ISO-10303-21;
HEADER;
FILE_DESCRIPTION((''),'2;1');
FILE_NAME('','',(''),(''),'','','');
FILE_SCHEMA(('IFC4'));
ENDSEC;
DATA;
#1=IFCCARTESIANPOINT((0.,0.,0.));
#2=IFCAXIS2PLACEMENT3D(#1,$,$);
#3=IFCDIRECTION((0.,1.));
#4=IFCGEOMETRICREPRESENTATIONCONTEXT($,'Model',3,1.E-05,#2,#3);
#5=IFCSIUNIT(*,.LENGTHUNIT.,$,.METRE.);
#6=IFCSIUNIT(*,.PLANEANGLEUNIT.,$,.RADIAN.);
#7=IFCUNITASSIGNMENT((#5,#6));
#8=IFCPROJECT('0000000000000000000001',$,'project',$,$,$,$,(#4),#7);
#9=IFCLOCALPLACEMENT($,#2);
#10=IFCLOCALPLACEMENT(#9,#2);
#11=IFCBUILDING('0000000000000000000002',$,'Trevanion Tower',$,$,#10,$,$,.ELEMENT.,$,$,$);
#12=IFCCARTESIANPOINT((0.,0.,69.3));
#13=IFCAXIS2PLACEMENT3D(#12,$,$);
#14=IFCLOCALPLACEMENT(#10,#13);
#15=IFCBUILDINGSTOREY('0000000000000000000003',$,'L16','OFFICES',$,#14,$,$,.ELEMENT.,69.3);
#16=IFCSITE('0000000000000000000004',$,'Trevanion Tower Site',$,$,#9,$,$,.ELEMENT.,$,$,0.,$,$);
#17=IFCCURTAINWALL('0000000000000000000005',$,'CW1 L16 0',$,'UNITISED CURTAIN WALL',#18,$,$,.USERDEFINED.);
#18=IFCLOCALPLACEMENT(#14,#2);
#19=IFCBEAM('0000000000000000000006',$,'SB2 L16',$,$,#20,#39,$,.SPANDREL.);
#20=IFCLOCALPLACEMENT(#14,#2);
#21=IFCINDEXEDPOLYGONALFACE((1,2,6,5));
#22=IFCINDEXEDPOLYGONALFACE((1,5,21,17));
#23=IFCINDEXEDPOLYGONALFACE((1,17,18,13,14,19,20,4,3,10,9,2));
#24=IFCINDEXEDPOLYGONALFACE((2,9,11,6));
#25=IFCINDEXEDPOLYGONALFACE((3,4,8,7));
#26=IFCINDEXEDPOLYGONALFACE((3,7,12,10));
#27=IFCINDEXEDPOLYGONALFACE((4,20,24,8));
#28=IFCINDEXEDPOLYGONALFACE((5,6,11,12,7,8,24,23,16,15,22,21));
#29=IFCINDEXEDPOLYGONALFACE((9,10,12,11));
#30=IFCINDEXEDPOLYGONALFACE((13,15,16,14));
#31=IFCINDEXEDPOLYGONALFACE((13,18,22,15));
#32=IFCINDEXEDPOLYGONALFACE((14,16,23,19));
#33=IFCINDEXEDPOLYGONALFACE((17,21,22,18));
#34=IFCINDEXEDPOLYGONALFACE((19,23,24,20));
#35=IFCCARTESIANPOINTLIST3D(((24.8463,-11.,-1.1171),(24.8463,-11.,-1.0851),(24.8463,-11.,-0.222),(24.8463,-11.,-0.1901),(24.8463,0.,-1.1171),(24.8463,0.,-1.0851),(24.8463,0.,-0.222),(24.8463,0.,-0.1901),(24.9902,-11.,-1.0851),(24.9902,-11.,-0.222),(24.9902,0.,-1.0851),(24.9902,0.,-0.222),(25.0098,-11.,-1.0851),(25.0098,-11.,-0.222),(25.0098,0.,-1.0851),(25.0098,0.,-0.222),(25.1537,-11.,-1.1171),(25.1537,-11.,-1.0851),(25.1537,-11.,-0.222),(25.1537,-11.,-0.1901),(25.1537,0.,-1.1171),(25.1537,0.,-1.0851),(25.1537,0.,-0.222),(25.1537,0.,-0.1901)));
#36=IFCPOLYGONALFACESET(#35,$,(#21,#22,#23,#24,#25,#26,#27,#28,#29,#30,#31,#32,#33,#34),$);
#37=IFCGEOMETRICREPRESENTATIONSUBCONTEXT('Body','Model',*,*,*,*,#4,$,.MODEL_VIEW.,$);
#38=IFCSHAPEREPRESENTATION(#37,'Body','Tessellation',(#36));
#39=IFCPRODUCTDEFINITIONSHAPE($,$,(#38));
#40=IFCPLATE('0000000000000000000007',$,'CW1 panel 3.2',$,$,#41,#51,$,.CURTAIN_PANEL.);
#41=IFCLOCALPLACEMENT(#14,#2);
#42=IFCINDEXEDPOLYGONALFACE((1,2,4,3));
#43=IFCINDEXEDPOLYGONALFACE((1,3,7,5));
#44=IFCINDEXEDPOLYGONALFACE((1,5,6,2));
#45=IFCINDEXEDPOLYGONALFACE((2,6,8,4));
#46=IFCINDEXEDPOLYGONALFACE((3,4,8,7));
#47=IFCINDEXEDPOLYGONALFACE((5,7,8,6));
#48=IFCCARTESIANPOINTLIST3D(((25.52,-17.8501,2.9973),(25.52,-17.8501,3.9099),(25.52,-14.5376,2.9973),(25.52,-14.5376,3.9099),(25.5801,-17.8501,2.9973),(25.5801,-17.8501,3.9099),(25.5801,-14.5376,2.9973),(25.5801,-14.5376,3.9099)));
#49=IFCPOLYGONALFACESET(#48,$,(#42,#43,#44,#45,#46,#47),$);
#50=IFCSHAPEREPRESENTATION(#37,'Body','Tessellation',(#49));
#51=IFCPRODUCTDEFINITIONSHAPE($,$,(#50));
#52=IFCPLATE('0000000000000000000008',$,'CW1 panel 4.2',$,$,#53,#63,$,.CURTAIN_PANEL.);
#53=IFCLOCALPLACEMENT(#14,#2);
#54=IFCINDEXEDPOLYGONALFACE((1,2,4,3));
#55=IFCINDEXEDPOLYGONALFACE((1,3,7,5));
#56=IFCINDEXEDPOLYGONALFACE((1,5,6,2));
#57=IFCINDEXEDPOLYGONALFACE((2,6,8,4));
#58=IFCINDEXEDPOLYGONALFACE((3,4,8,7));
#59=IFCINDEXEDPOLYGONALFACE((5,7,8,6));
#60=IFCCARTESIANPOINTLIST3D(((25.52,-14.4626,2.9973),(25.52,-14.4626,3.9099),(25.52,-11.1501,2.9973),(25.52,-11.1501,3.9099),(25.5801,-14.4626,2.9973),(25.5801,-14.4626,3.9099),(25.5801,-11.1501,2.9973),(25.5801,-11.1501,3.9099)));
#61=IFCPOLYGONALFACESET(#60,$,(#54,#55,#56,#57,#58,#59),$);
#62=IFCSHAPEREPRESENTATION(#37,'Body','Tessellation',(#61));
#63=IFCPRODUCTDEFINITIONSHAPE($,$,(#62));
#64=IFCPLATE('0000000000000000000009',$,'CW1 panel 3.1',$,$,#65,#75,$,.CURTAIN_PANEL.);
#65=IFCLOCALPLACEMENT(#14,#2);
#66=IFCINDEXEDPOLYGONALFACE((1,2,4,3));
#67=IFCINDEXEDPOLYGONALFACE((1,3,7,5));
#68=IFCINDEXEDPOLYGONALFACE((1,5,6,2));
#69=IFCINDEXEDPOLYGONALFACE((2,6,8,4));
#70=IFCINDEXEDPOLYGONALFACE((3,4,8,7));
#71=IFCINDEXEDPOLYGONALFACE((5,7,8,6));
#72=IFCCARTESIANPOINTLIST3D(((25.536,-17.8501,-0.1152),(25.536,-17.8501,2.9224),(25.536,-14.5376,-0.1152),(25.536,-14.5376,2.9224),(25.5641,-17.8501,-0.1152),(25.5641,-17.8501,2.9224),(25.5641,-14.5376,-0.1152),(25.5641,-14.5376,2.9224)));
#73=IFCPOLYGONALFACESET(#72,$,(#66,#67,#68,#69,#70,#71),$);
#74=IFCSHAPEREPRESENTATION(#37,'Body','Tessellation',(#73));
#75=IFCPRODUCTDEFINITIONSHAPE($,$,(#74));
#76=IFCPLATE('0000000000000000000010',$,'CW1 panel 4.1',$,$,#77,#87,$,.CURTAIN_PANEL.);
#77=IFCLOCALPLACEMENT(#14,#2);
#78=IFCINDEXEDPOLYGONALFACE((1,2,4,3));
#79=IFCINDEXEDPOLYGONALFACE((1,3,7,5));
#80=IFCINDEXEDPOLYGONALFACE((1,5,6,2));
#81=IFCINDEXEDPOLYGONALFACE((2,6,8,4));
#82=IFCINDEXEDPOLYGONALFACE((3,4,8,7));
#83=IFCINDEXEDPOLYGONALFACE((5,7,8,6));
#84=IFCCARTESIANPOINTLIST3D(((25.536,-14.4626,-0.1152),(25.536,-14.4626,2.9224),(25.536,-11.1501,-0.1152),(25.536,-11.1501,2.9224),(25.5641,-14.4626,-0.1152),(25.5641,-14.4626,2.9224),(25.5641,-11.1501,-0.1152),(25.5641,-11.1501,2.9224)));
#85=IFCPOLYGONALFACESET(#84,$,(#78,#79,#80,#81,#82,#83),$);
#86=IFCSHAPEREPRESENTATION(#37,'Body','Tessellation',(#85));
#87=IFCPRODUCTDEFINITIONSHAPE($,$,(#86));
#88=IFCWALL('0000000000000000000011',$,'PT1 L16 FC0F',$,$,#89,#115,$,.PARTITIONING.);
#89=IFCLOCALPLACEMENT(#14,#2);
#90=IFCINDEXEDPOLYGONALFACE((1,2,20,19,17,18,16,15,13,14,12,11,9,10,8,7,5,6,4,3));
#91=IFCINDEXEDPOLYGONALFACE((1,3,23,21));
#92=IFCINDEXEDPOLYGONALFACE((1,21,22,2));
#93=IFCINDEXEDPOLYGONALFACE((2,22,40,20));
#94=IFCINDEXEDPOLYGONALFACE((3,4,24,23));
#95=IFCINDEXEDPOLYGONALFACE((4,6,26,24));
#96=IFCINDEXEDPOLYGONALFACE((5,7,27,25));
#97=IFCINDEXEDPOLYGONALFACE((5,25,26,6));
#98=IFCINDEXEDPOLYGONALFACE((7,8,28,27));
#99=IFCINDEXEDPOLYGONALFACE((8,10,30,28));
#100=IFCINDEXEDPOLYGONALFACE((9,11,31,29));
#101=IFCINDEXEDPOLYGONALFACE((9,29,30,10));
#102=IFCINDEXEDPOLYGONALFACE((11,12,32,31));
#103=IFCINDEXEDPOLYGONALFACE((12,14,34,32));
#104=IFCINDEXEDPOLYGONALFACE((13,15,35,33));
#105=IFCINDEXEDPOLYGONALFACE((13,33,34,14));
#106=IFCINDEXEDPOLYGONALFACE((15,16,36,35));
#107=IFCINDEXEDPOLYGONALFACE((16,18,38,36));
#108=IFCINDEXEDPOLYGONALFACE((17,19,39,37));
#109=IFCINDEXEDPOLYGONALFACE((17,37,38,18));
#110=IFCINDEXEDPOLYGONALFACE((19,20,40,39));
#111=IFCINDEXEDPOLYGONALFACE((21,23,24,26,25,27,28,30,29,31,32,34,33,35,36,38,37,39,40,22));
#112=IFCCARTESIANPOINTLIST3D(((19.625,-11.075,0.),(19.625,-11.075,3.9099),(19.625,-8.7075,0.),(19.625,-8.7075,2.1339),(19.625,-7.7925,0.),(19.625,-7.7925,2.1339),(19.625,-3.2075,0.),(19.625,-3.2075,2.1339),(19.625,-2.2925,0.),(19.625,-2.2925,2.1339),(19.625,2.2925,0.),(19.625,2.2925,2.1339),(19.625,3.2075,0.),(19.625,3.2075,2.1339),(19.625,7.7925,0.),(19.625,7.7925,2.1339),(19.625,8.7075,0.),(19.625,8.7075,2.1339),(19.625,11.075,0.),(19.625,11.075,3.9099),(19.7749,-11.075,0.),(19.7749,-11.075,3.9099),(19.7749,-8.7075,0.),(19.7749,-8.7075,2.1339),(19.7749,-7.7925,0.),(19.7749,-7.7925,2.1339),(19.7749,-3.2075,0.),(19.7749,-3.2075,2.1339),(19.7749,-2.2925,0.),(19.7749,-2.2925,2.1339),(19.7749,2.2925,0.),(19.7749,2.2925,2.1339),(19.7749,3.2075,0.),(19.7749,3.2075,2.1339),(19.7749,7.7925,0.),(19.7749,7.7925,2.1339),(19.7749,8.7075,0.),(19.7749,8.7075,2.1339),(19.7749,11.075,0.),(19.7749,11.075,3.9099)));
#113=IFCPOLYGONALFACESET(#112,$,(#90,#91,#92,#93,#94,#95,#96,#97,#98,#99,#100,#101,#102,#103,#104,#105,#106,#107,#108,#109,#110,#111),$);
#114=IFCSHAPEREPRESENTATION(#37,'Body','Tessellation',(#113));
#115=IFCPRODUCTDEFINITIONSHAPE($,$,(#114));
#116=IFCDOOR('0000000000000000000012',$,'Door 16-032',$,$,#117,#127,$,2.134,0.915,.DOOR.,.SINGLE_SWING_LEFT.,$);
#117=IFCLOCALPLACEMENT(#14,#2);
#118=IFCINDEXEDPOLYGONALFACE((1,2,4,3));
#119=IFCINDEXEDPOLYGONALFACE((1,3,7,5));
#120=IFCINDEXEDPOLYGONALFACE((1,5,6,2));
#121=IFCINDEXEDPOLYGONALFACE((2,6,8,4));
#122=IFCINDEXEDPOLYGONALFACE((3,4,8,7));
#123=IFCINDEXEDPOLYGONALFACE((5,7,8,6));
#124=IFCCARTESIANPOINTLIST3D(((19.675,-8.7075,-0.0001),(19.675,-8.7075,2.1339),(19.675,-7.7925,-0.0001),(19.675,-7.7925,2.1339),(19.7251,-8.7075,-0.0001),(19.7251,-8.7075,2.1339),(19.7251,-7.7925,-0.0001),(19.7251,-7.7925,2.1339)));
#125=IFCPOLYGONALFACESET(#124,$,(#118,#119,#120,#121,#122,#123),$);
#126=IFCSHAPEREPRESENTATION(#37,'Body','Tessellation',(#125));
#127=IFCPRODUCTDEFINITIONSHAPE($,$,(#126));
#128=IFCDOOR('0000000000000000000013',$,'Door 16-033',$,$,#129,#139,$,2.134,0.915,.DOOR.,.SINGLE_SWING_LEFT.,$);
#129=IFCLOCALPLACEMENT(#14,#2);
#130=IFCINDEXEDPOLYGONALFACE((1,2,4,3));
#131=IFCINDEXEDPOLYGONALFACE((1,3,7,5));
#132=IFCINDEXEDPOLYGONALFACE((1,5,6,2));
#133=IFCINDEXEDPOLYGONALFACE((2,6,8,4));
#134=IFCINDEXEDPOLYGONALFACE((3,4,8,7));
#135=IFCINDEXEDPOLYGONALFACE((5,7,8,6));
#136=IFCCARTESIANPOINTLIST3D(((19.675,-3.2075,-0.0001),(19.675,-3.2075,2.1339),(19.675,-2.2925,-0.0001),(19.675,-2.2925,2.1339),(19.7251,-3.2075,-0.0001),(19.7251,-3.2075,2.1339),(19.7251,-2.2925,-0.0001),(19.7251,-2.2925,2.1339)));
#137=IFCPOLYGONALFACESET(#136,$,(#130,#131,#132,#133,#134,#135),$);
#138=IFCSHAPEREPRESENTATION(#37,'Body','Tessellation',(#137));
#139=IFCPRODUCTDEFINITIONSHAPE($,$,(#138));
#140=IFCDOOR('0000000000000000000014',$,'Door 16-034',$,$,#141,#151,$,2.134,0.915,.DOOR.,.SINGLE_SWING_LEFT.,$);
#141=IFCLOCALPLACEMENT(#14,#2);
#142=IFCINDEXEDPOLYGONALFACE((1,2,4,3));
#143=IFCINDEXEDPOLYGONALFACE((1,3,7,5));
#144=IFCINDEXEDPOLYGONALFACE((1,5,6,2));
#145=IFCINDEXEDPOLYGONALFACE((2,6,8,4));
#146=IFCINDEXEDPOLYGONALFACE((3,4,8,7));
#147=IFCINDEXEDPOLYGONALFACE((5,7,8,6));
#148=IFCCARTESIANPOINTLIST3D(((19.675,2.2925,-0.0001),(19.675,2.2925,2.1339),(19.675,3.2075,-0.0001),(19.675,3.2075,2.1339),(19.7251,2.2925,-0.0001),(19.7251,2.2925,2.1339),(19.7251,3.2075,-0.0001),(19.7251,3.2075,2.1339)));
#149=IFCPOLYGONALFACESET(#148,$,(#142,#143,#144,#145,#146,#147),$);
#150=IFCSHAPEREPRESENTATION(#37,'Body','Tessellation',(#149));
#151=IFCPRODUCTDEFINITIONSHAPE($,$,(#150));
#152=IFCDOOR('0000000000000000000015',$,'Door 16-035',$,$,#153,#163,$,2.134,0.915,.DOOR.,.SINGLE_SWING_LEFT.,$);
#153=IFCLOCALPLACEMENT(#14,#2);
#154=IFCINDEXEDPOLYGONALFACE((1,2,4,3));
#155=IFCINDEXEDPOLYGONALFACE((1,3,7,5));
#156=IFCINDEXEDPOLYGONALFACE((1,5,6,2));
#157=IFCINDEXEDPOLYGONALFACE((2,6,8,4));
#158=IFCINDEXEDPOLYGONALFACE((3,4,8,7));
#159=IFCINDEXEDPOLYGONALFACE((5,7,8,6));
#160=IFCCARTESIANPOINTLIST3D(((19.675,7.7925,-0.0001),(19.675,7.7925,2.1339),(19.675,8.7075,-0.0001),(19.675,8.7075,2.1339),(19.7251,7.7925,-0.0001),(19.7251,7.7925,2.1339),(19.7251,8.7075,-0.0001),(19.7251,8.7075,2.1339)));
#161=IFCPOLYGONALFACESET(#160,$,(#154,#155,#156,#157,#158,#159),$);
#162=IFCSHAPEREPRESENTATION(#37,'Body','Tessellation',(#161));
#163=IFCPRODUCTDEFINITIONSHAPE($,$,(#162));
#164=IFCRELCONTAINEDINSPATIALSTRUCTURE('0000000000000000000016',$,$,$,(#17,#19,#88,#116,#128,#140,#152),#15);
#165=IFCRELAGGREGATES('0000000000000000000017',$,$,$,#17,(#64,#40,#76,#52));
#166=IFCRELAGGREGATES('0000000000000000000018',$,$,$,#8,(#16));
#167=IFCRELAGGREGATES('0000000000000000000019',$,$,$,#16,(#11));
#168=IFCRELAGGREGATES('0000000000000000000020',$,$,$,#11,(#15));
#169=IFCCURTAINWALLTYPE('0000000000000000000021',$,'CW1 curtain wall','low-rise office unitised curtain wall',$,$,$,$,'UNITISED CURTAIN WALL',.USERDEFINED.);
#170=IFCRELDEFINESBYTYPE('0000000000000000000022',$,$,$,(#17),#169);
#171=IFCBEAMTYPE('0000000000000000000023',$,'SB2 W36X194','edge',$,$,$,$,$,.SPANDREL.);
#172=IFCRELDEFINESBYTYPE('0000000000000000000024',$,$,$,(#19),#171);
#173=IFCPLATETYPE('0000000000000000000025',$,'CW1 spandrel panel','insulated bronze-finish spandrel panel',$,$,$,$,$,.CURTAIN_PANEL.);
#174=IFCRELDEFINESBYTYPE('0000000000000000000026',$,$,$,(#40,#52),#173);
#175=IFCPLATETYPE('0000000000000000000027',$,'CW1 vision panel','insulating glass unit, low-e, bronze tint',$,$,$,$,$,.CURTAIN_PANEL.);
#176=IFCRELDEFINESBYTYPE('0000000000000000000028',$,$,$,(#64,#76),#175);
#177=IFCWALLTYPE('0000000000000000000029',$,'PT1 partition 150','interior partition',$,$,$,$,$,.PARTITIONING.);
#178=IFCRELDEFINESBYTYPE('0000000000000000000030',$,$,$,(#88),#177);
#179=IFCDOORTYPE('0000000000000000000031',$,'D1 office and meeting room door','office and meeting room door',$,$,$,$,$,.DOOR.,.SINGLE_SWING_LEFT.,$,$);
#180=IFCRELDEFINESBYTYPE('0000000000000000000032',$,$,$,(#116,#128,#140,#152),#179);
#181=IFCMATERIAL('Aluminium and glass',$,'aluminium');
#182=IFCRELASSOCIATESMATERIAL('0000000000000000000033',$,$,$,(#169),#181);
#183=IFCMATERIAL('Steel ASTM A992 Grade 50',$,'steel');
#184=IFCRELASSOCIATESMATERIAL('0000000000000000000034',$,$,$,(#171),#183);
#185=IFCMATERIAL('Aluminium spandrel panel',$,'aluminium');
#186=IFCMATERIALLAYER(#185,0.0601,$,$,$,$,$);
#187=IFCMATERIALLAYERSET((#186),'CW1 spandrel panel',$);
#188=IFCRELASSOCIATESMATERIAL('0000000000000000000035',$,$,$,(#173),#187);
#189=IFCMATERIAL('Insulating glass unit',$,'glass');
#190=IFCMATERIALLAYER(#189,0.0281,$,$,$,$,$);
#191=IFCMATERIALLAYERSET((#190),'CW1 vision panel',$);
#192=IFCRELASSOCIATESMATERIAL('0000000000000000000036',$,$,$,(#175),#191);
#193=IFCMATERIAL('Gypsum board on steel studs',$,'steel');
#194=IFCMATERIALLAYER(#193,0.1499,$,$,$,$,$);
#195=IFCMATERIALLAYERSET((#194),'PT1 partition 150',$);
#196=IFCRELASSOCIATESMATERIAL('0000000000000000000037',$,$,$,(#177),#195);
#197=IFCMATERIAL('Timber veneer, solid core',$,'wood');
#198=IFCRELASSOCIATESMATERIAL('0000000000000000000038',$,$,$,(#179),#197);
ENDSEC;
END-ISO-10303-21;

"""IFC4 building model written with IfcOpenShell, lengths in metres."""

from ifc_helpers import new_model, si_unit, direction, frame, frame_2d, origin, origin_2d, place, context, subcontext, project, spatial, rectangle, i_section, extrude, material, layer, layer_set, material_profile, profile_set, type_object, element, fill, aggregate, save


model = new_model("IFC4")

# Units and contexts
model_context = context("Model", 3, precision=1e-05, world=origin(), true_north=direction((0.0, 1.0)))
body_context = subcontext(model_context, "Body", "Model", "MODEL_VIEW")
ifc_project = project(units=[si_unit("LENGTHUNIT", "METRE"), si_unit("PLANEANGLEUNIT", "RADIAN")], contexts=[model_context])

# Site, building, storey
site_placement = place(None, origin())
site = spatial("IfcSite", under=ifc_project, at=site_placement, Name="Trevanion Tower Site", CompositionType="ELEMENT", RefElevation=0.0)
building_placement = place(site_placement, origin())
building = spatial("IfcBuilding", under=site, at=building_placement, Name="Trevanion Tower", CompositionType="ELEMENT")
storey_placement = place(building_placement, frame((0.0, 0.0, 69.3)))
storey = spatial("IfcBuildingStorey", under=building, at=storey_placement, Name="L16", Description="OFFICES", CompositionType="ELEMENT", Elevation=69.3)

# Curtain wall
ifc_material_1 = material(Name="Aluminium and glass", Category="aluminium")
curtain_wall_type = type_object("IfcCurtainWallType", Name="CW1 curtain wall", Description="low-rise office unitised curtain wall", ElementType="UNITISED CURTAIN WALL", PredefinedType="USERDEFINED", material=ifc_material_1)
curtain_wall_placement = place(storey_placement, origin())
curtain_wall = element("IfcCurtainWall", 1, at=curtain_wall_placement, inside=storey, type_object=curtain_wall_type, Name="CW1 L16 0", ObjectType="UNITISED CURTAIN WALL", PredefinedType="USERDEFINED")

# Beam
ifc_material_2 = material(Name="Steel ASTM A992 Grade 50", Category="steel")
ifc_material_profile_1 = material_profile(ifc_material_2, i_section(OverallWidth=0.3074, OverallDepth=0.927, WebThickness=0.0195, FlangeThickness=0.032, at=origin_2d()), Name="W36X194")
ifc_profile_set_1 = profile_set([ifc_material_profile_1], Name="Steel ASTM A992 Grade 50")
beam_type = type_object("IfcBeamType", Name="SB2 W36X194", Description="edge", PredefinedType="SPANDREL", material=ifc_profile_set_1)
beam_1_placement = place(storey_placement, frame((25.0, -11.0, -0.6536), z_axis=(0.0, 1.0, 0.0), x_axis=(-1.0, 0.0, 0.0)))
element("IfcBeam", 2, at=beam_1_placement, inside=storey, type_object=beam_type, Name="SB2 L16", PredefinedType="SPANDREL", context=body_context, shape_type="SweptSolid", body=[
    extrude(i_section(OverallWidth=0.3074, OverallDepth=0.927, WebThickness=0.0195, FlangeThickness=0.032, at=origin_2d()), origin(), (0.0, 0.0, 1.0), 11.0),
])

# Plates
ifc_material_3 = material(Name="Aluminium spandrel panel", Category="aluminium")
ifc_layer_1 = layer(ifc_material_3, 0.0601)
ifc_layer_set_1 = layer_set([ifc_layer_1], Name="CW1 spandrel panel")
plate_type_1 = type_object("IfcPlateType", Name="CW1 spandrel panel", Description="insulated bronze-finish spandrel panel", PredefinedType="CURTAIN_PANEL", material=ifc_layer_set_1)
plate_1_placement = place(storey_placement, frame((25.55, -16.1938, 2.9973), z_axis=(0.0, 0.0, 1.0), x_axis=(0.0, 1.0, 0.0)))
plate_1 = element("IfcPlate", 3, at=plate_1_placement, type_object=plate_type_1, Name="CW1 panel 3.2", PredefinedType="CURTAIN_PANEL", context=body_context, shape_type="SweptSolid", body=[
    extrude(rectangle(XDim=3.3125, YDim=0.0601, at=origin_2d()), origin(), (0.0, 0.0, 1.0), 0.9126),
])
plate_2_placement = place(storey_placement, frame((25.55, -12.8064, 2.9973), z_axis=(0.0, 0.0, 1.0), x_axis=(0.0, 1.0, 0.0)))
plate_2 = element("IfcPlate", 4, at=plate_2_placement, type_object=plate_type_1, Name="CW1 panel 4.2", PredefinedType="CURTAIN_PANEL", context=body_context, shape_type="SweptSolid", body=[
    extrude(rectangle(XDim=3.3125, YDim=0.0601, at=origin_2d()), origin(), (0.0, 0.0, 1.0), 0.9126),
])
ifc_material_4 = material(Name="Insulating glass unit", Category="glass")
ifc_layer_2 = layer(ifc_material_4, 0.0281)
ifc_layer_set_2 = layer_set([ifc_layer_2], Name="CW1 vision panel")
plate_type_2 = type_object("IfcPlateType", Name="CW1 vision panel", Description="insulating glass unit, low-e, bronze tint", PredefinedType="CURTAIN_PANEL", material=ifc_layer_set_2)
plate_3_placement = place(storey_placement, frame((25.55, -16.1938, -0.1152), z_axis=(0.0, 0.0, 1.0), x_axis=(0.0, 1.0, 0.0)))
plate_3 = element("IfcPlate", 5, at=plate_3_placement, type_object=plate_type_2, Name="CW1 panel 3.1", PredefinedType="CURTAIN_PANEL", context=body_context, shape_type="SweptSolid", body=[
    extrude(rectangle(XDim=3.3125, YDim=0.0281, at=origin_2d()), origin(), (0.0, 0.0, 1.0), 3.0376),
])
plate_4_placement = place(storey_placement, frame((25.55, -12.8064, -0.1152), z_axis=(0.0, 0.0, 1.0), x_axis=(0.0, 1.0, 0.0)))
plate_4 = element("IfcPlate", 6, at=plate_4_placement, type_object=plate_type_2, Name="CW1 panel 4.1", PredefinedType="CURTAIN_PANEL", context=body_context, shape_type="SweptSolid", body=[
    extrude(rectangle(XDim=3.3125, YDim=0.0281, at=origin_2d()), origin(), (0.0, 0.0, 1.0), 3.0376),
])
aggregate(curtain_wall, [plate_3, plate_1, plate_4, plate_2])

# Wall, openings, doors
ifc_material_5 = material(Name="Gypsum board on steel studs", Category="steel")
ifc_layer_3 = layer(ifc_material_5, 0.1499)
ifc_layer_set_3 = layer_set([ifc_layer_3], Name="PT1 partition 150")
wall_type = type_object("IfcWallType", Name="PT1 partition 150", Description="interior partition", PredefinedType="PARTITIONING", material=ifc_layer_set_3)
wall_placement = place(storey_placement, frame((19.7, -11.075, 0.0), z_axis=(0.0, 0.0, 1.0), x_axis=(0.0, 1.0, 0.0)))
wall = element("IfcWall", 7, at=wall_placement, inside=storey, type_object=wall_type, Name="PT1 L16 FC0F", PredefinedType="PARTITIONING", context=body_context, shape_type="SweptSolid", body=[
    extrude(rectangle(XDim=22.1499, YDim=0.1499, at=frame_2d((11.075, 0.0))), origin(), (0.0, 0.0, 1.0), 3.9099),
])
opening_1_placement = place(wall_placement, frame((2.3674, 0.0, 0.0)))
opening_1 = element("IfcOpeningElement", 8, at=opening_1_placement, cuts=wall, PredefinedType="OPENING", context=body_context, shape_type="SweptSolid", body=[
    extrude(rectangle(XDim=0.915, YDim=2.134, at=frame_2d((0.4575, 1.0669))), frame((0.0, 0.085, 0.0), z_axis=(0.0, -1.0, 0.0), x_axis=(1.0, 0.0, 0.0)), (0.0, 0.0, 1.0), 0.1699),
])
opening_2_placement = place(wall_placement, frame((7.8674, 0.0, 0.0)))
opening_2 = element("IfcOpeningElement", 9, at=opening_2_placement, cuts=wall, PredefinedType="OPENING", context=body_context, shape_type="SweptSolid", body=[
    extrude(rectangle(XDim=0.915, YDim=2.134, at=frame_2d((0.4575, 1.0669))), frame((0.0, 0.085, 0.0), z_axis=(0.0, -1.0, 0.0), x_axis=(1.0, 0.0, 0.0)), (0.0, 0.0, 1.0), 0.1699),
])
opening_3_placement = place(wall_placement, frame((13.3674, 0.0, 0.0)))
opening_3 = element("IfcOpeningElement", 10, at=opening_3_placement, cuts=wall, PredefinedType="OPENING", context=body_context, shape_type="SweptSolid", body=[
    extrude(rectangle(XDim=0.915, YDim=2.134, at=frame_2d((0.4575, 1.0669))), frame((0.0, 0.085, 0.0), z_axis=(0.0, -1.0, 0.0), x_axis=(1.0, 0.0, 0.0)), (0.0, 0.0, 1.0), 0.1699),
])
opening_4_placement = place(wall_placement, frame((18.8674, 0.0, 0.0)))
opening_4 = element("IfcOpeningElement", 11, at=opening_4_placement, cuts=wall, PredefinedType="OPENING", context=body_context, shape_type="SweptSolid", body=[
    extrude(rectangle(XDim=0.915, YDim=2.134, at=frame_2d((0.4575, 1.0669))), frame((0.0, 0.085, 0.0), z_axis=(0.0, -1.0, 0.0), x_axis=(1.0, 0.0, 0.0)), (0.0, 0.0, 1.0), 0.1699),
])
ifc_material_6 = material(Name="Timber veneer, solid core", Category="wood")
door_type = type_object("IfcDoorType", Name="D1 office and meeting room door", Description="office and meeting room door", OperationType="SINGLE_SWING_LEFT", PredefinedType="DOOR", material=ifc_material_6)
door_1_placement = place(opening_1_placement, origin())
door_1 = element("IfcDoor", 12, at=door_1_placement, inside=storey, type_object=door_type, Name="Door 16-032", OperationType="SINGLE_SWING_LEFT", OverallHeight=2.134, OverallWidth=0.915, PredefinedType="DOOR", context=body_context, shape_type="SweptSolid", body=[
    extrude(rectangle(XDim=0.915, YDim=2.134, at=frame_2d((0.4575, 1.0669))), frame((0.0, 0.0249, 0.0), z_axis=(0.0, -1.0, 0.0), x_axis=(1.0, 0.0, 0.0)), (0.0, 0.0, 1.0), 0.05),
])
fill(opening_1, door_1)
door_2_placement = place(opening_2_placement, origin())
door_2 = element("IfcDoor", 13, at=door_2_placement, inside=storey, type_object=door_type, Name="Door 16-033", OperationType="SINGLE_SWING_LEFT", OverallHeight=2.134, OverallWidth=0.915, PredefinedType="DOOR", context=body_context, shape_type="SweptSolid", body=[
    extrude(rectangle(XDim=0.915, YDim=2.134, at=frame_2d((0.4575, 1.0669))), frame((0.0, 0.0249, 0.0), z_axis=(0.0, -1.0, 0.0), x_axis=(1.0, 0.0, 0.0)), (0.0, 0.0, 1.0), 0.05),
])
fill(opening_2, door_2)
door_3_placement = place(opening_3_placement, origin())
door_3 = element("IfcDoor", 14, at=door_3_placement, inside=storey, type_object=door_type, Name="Door 16-034", OperationType="SINGLE_SWING_LEFT", OverallHeight=2.134, OverallWidth=0.915, PredefinedType="DOOR", context=body_context, shape_type="SweptSolid", body=[
    extrude(rectangle(XDim=0.915, YDim=2.134, at=frame_2d((0.4575, 1.0669))), frame((0.0, 0.0249, 0.0), z_axis=(0.0, -1.0, 0.0), x_axis=(1.0, 0.0, 0.0)), (0.0, 0.0, 1.0), 0.05),
])
fill(opening_3, door_3)
door_4_placement = place(opening_4_placement, origin())
door_4 = element("IfcDoor", 15, at=door_4_placement, inside=storey, type_object=door_type, Name="Door 16-035", OperationType="SINGLE_SWING_LEFT", OverallHeight=2.134, OverallWidth=0.915, PredefinedType="DOOR", context=body_context, shape_type="SweptSolid", body=[
    extrude(rectangle(XDim=0.915, YDim=2.134, at=frame_2d((0.4575, 1.0669))), frame((0.0, 0.0249, 0.0), z_axis=(0.0, -1.0, 0.0), x_axis=(1.0, 0.0, 0.0)), (0.0, 0.0, 1.0), 0.05),
])
fill(opening_4, door_4)

save(model, "model.ifc")
